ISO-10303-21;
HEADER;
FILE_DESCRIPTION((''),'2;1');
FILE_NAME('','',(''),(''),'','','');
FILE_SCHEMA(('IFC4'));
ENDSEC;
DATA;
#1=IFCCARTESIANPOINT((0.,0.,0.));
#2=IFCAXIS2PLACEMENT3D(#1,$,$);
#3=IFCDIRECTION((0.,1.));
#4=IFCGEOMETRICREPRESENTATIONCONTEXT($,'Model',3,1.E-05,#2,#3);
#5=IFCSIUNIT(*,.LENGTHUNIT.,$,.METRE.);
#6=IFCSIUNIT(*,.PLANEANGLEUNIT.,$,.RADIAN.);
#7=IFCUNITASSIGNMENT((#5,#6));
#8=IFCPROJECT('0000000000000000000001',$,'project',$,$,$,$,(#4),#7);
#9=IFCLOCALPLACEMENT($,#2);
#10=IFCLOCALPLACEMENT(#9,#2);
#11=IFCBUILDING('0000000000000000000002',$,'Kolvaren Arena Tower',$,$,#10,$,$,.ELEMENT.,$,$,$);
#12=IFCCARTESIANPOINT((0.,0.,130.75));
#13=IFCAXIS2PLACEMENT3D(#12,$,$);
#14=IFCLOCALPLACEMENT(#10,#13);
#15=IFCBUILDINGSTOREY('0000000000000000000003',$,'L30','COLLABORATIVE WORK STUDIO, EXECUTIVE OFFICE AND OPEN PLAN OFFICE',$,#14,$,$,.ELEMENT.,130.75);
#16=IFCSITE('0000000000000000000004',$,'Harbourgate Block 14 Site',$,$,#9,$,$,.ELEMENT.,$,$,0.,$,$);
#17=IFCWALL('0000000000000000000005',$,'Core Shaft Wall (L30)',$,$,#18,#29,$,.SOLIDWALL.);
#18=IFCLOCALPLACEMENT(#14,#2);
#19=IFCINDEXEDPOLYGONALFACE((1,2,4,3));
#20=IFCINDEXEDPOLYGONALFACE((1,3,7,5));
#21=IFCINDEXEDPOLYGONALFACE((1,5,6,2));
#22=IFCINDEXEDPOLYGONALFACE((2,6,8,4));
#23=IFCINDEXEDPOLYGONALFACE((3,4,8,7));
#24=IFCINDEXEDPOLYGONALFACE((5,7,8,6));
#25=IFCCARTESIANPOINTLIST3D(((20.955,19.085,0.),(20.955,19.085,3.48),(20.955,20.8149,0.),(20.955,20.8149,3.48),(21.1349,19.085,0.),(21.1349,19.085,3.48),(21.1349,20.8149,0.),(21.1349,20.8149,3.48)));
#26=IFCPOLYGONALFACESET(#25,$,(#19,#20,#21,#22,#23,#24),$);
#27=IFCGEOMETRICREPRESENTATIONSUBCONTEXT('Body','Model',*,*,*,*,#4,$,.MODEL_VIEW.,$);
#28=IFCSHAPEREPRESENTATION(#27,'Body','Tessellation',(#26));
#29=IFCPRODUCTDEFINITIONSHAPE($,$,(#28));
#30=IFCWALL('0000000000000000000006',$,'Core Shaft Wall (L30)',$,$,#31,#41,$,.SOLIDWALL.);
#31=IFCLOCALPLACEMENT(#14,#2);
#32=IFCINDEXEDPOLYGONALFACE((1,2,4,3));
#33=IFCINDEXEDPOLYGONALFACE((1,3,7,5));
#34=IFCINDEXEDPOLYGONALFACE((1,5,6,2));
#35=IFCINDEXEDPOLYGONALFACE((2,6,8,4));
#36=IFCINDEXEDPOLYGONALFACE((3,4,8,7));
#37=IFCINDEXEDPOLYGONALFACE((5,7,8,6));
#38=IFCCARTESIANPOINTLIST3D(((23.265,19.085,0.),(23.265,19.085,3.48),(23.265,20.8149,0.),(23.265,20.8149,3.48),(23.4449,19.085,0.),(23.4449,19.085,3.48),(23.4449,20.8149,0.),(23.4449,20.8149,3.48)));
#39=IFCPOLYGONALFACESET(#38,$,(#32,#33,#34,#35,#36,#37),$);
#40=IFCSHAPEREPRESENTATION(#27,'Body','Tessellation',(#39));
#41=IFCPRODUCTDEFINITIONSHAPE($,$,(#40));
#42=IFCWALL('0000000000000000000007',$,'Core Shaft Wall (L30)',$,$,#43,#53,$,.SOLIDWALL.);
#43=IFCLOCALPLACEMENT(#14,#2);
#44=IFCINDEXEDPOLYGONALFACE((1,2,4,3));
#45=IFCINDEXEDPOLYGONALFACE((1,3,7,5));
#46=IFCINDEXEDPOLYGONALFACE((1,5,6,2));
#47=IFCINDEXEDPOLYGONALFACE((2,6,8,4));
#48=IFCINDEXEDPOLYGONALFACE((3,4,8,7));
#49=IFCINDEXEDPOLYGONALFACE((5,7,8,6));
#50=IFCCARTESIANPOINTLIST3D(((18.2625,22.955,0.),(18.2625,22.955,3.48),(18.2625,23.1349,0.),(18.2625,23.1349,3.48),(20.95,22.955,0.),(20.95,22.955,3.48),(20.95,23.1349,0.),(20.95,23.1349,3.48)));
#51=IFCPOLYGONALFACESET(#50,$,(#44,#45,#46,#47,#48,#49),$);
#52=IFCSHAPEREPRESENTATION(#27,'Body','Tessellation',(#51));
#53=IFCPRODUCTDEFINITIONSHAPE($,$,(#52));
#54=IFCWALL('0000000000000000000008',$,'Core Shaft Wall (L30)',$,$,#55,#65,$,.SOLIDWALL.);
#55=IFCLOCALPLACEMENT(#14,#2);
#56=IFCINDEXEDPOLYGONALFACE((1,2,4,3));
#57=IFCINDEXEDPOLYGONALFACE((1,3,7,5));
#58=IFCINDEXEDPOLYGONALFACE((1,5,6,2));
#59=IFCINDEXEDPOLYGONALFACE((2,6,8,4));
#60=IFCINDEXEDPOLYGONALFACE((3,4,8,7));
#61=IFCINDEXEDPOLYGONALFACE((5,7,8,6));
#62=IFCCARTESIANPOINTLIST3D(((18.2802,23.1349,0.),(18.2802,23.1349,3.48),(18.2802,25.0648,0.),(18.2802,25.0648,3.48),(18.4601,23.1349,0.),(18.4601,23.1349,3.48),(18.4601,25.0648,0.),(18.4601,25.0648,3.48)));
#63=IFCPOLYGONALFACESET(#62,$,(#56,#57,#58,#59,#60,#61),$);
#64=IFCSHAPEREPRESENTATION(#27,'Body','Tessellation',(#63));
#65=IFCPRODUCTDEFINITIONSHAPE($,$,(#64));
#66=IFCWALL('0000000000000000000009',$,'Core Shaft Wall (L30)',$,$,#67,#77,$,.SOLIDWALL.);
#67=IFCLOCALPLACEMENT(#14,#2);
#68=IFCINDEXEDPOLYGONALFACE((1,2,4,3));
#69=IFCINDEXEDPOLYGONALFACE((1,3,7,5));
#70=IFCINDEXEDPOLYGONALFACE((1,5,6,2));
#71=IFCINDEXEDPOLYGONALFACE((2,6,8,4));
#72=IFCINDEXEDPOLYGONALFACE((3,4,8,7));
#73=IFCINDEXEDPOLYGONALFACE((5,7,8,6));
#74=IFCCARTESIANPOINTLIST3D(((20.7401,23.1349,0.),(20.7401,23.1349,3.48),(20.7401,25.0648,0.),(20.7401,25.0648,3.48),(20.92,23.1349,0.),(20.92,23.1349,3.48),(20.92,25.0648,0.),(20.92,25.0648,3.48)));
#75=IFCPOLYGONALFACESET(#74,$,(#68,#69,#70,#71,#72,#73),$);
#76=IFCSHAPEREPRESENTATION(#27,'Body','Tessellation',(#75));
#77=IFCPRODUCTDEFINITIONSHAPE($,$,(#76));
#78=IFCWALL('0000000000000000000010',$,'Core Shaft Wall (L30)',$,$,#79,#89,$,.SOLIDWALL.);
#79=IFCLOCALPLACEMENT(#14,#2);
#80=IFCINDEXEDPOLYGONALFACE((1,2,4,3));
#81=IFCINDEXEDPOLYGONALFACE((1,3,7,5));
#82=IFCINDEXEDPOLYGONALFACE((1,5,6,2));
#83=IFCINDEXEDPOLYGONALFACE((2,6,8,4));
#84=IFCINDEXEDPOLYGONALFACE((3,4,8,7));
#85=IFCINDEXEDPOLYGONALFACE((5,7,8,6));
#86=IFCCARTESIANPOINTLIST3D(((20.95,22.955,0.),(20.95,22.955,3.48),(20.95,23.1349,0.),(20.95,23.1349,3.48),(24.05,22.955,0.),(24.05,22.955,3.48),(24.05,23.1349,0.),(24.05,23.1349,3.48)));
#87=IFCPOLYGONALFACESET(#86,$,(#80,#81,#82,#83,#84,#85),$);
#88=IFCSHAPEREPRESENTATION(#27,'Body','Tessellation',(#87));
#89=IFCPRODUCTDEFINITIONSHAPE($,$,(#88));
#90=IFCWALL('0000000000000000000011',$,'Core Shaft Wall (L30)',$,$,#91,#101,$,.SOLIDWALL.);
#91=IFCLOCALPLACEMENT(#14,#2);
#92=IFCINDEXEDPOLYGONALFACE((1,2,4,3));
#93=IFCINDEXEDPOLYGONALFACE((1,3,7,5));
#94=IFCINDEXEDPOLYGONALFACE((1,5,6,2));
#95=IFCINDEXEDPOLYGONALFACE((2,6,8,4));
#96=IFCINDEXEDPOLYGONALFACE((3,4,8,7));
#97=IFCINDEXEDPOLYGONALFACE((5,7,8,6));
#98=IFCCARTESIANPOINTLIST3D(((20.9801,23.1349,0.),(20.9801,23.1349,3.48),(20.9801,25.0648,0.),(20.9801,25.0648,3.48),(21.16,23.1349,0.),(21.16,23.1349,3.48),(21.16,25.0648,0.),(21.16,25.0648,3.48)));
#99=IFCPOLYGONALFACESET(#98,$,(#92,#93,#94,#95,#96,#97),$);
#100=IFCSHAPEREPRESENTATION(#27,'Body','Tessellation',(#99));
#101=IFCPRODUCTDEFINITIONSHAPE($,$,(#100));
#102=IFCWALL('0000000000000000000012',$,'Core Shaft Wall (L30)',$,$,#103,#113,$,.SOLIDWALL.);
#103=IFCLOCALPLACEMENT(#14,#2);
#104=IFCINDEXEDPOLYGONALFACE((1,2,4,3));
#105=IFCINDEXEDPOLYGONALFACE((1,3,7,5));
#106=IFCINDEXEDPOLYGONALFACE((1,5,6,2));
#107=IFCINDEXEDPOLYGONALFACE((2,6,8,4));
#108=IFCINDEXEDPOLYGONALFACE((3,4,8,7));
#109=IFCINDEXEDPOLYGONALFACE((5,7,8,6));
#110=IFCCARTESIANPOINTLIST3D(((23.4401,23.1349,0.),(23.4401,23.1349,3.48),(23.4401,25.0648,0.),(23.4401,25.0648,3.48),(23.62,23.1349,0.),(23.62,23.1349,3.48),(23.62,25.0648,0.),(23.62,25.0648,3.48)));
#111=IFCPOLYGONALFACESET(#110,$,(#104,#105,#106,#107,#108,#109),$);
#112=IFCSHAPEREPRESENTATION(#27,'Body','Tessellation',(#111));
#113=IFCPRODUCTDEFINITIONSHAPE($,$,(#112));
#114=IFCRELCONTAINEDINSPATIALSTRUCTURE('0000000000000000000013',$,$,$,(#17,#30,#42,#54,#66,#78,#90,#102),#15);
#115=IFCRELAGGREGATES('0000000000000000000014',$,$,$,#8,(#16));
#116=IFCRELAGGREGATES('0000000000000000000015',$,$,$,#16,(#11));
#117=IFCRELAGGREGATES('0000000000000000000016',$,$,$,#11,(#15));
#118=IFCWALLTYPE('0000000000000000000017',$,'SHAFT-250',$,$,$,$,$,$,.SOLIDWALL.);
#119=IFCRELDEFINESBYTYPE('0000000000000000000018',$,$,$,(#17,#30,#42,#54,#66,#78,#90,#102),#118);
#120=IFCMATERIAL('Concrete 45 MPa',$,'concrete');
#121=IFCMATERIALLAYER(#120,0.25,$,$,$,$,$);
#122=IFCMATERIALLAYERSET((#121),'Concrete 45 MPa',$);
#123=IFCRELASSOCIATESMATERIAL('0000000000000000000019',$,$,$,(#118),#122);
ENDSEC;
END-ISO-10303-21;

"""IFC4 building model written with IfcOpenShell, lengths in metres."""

from ifc_helpers import new_model, si_unit, direction, frame, frame_2d, origin, place, context, subcontext, project, spatial, rectangle, extrude, material, layer, layer_set, type_object, element, save


model = new_model("IFC4")

# Units and contexts
model_context = context("Model", 3, precision=1e-05, world=origin(), true_north=direction((0.0, 1.0)))
body_context = subcontext(model_context, "Body", "Model", "MODEL_VIEW")
ifc_project = project(units=[si_unit("LENGTHUNIT", "METRE"), si_unit("PLANEANGLEUNIT", "RADIAN")], contexts=[model_context])

# Site, building, storey
site_placement = place(None, origin())
site = spatial("IfcSite", under=ifc_project, at=site_placement, Name="Harbourgate Block 14 Site", CompositionType="ELEMENT", RefElevation=0.0)
building_placement = place(site_placement, origin())
building = spatial("IfcBuilding", under=site, at=building_placement, Name="Kolvaren Arena Tower", CompositionType="ELEMENT")
storey_placement = place(building_placement, frame((0.0, 0.0, 130.75)))
storey = spatial("IfcBuildingStorey", under=building, at=storey_placement, Name="L30", Description="COLLABORATIVE WORK STUDIO, EXECUTIVE OFFICE AND OPEN PLAN OFFICE", CompositionType="ELEMENT", Elevation=130.75)

# Shared definitions
ifc_material_1 = material(Name="Concrete 45 MPa", Category="concrete")
ifc_layer_1 = layer(ifc_material_1, 0.25)
ifc_layer_set_1 = layer_set([ifc_layer_1], Name="Concrete 45 MPa")
wall_type_1 = type_object("IfcWallType", Name="SHAFT-250", PredefinedType="SOLIDWALL", material=ifc_layer_set_1)

# Walls
for number, where, z_axis, x_axis, name in (
    (1, (21.0449, 19.085, 0.0), (0.0, 0.0, 1.0), (0.0, 1.0, 0.0), "Core Shaft Wall (L30)"),
    (2, (23.355, 19.085, 0.0), (0.0, 0.0, 1.0), (0.0, 1.0, 0.0), "Core Shaft Wall (L30)"),
):
    element("IfcWall", number, at=place(storey_placement, frame(where, z_axis=z_axis, x_axis=x_axis)), inside=storey, type_object=wall_type_1, Name=name, PredefinedType="SOLIDWALL", context=body_context, shape_type="SweptSolid", body=[
        extrude(rectangle(XDim=1.73, YDim=0.1799, at=frame_2d((0.865, 0.0))), origin(), (0.0, 0.0, 1.0), 3.48),
    ])
wall_1_placement = place(storey_placement, frame((18.2625, 23.0449, 0.0), z_axis=(0.0, 0.0, 1.0), x_axis=(1.0, 0.0, 0.0)))
element("IfcWall", 3, at=wall_1_placement, inside=storey, type_object=wall_type_1, Name="Core Shaft Wall (L30)", PredefinedType="SOLIDWALL", context=body_context, shape_type="SweptSolid", body=[
    extrude(rectangle(XDim=2.6875, YDim=0.1799, at=frame_2d((1.3438, 0.0))), origin(), (0.0, 0.0, 1.0), 3.48),
])
for number, where, z_axis, x_axis, name in (
    (4, (18.3701, 23.135, 0.0), (0.0, 0.0, 1.0), (0.0, 1.0, 0.0), "Core Shaft Wall (L30)"),
    (5, (20.8301, 23.135, 0.0), (0.0, 0.0, 1.0), (0.0, 1.0, 0.0), "Core Shaft Wall (L30)"),
):
    element("IfcWall", number, at=place(storey_placement, frame(where, z_axis=z_axis, x_axis=x_axis)), inside=storey, type_object=wall_type_1, Name=name, PredefinedType="SOLIDWALL", context=body_context, shape_type="SweptSolid", body=[
        extrude(rectangle(XDim=1.9299, YDim=0.1799, at=frame_2d((0.9648, 0.0))), origin(), (0.0, 0.0, 1.0), 3.48),
    ])
wall_2_placement = place(storey_placement, frame((20.95, 23.0449, 0.0), z_axis=(0.0, 0.0, 1.0), x_axis=(1.0, 0.0, 0.0)))
element("IfcWall", 6, at=wall_2_placement, inside=storey, type_object=wall_type_1, Name="Core Shaft Wall (L30)", PredefinedType="SOLIDWALL", context=body_context, shape_type="SweptSolid", body=[
    extrude(rectangle(XDim=3.1001, YDim=0.1799, at=frame_2d((1.55, 0.0))), origin(), (0.0, 0.0, 1.0), 3.48),
])
for number, where, z_axis, x_axis, name in (
    (7, (21.0701, 23.135, 0.0), (0.0, 0.0, 1.0), (0.0, 1.0, 0.0), "Core Shaft Wall (L30)"),
    (8, (23.53, 23.135, 0.0), (0.0, 0.0, 1.0), (0.0, 1.0, 0.0), "Core Shaft Wall (L30)"),
):
    element("IfcWall", number, at=place(storey_placement, frame(where, z_axis=z_axis, x_axis=x_axis)), inside=storey, type_object=wall_type_1, Name=name, PredefinedType="SOLIDWALL", context=body_context, shape_type="SweptSolid", body=[
        extrude(rectangle(XDim=1.9299, YDim=0.1799, at=frame_2d((0.9648, 0.0))), origin(), (0.0, 0.0, 1.0), 3.48),
    ])

save(model, "model.ifc")
